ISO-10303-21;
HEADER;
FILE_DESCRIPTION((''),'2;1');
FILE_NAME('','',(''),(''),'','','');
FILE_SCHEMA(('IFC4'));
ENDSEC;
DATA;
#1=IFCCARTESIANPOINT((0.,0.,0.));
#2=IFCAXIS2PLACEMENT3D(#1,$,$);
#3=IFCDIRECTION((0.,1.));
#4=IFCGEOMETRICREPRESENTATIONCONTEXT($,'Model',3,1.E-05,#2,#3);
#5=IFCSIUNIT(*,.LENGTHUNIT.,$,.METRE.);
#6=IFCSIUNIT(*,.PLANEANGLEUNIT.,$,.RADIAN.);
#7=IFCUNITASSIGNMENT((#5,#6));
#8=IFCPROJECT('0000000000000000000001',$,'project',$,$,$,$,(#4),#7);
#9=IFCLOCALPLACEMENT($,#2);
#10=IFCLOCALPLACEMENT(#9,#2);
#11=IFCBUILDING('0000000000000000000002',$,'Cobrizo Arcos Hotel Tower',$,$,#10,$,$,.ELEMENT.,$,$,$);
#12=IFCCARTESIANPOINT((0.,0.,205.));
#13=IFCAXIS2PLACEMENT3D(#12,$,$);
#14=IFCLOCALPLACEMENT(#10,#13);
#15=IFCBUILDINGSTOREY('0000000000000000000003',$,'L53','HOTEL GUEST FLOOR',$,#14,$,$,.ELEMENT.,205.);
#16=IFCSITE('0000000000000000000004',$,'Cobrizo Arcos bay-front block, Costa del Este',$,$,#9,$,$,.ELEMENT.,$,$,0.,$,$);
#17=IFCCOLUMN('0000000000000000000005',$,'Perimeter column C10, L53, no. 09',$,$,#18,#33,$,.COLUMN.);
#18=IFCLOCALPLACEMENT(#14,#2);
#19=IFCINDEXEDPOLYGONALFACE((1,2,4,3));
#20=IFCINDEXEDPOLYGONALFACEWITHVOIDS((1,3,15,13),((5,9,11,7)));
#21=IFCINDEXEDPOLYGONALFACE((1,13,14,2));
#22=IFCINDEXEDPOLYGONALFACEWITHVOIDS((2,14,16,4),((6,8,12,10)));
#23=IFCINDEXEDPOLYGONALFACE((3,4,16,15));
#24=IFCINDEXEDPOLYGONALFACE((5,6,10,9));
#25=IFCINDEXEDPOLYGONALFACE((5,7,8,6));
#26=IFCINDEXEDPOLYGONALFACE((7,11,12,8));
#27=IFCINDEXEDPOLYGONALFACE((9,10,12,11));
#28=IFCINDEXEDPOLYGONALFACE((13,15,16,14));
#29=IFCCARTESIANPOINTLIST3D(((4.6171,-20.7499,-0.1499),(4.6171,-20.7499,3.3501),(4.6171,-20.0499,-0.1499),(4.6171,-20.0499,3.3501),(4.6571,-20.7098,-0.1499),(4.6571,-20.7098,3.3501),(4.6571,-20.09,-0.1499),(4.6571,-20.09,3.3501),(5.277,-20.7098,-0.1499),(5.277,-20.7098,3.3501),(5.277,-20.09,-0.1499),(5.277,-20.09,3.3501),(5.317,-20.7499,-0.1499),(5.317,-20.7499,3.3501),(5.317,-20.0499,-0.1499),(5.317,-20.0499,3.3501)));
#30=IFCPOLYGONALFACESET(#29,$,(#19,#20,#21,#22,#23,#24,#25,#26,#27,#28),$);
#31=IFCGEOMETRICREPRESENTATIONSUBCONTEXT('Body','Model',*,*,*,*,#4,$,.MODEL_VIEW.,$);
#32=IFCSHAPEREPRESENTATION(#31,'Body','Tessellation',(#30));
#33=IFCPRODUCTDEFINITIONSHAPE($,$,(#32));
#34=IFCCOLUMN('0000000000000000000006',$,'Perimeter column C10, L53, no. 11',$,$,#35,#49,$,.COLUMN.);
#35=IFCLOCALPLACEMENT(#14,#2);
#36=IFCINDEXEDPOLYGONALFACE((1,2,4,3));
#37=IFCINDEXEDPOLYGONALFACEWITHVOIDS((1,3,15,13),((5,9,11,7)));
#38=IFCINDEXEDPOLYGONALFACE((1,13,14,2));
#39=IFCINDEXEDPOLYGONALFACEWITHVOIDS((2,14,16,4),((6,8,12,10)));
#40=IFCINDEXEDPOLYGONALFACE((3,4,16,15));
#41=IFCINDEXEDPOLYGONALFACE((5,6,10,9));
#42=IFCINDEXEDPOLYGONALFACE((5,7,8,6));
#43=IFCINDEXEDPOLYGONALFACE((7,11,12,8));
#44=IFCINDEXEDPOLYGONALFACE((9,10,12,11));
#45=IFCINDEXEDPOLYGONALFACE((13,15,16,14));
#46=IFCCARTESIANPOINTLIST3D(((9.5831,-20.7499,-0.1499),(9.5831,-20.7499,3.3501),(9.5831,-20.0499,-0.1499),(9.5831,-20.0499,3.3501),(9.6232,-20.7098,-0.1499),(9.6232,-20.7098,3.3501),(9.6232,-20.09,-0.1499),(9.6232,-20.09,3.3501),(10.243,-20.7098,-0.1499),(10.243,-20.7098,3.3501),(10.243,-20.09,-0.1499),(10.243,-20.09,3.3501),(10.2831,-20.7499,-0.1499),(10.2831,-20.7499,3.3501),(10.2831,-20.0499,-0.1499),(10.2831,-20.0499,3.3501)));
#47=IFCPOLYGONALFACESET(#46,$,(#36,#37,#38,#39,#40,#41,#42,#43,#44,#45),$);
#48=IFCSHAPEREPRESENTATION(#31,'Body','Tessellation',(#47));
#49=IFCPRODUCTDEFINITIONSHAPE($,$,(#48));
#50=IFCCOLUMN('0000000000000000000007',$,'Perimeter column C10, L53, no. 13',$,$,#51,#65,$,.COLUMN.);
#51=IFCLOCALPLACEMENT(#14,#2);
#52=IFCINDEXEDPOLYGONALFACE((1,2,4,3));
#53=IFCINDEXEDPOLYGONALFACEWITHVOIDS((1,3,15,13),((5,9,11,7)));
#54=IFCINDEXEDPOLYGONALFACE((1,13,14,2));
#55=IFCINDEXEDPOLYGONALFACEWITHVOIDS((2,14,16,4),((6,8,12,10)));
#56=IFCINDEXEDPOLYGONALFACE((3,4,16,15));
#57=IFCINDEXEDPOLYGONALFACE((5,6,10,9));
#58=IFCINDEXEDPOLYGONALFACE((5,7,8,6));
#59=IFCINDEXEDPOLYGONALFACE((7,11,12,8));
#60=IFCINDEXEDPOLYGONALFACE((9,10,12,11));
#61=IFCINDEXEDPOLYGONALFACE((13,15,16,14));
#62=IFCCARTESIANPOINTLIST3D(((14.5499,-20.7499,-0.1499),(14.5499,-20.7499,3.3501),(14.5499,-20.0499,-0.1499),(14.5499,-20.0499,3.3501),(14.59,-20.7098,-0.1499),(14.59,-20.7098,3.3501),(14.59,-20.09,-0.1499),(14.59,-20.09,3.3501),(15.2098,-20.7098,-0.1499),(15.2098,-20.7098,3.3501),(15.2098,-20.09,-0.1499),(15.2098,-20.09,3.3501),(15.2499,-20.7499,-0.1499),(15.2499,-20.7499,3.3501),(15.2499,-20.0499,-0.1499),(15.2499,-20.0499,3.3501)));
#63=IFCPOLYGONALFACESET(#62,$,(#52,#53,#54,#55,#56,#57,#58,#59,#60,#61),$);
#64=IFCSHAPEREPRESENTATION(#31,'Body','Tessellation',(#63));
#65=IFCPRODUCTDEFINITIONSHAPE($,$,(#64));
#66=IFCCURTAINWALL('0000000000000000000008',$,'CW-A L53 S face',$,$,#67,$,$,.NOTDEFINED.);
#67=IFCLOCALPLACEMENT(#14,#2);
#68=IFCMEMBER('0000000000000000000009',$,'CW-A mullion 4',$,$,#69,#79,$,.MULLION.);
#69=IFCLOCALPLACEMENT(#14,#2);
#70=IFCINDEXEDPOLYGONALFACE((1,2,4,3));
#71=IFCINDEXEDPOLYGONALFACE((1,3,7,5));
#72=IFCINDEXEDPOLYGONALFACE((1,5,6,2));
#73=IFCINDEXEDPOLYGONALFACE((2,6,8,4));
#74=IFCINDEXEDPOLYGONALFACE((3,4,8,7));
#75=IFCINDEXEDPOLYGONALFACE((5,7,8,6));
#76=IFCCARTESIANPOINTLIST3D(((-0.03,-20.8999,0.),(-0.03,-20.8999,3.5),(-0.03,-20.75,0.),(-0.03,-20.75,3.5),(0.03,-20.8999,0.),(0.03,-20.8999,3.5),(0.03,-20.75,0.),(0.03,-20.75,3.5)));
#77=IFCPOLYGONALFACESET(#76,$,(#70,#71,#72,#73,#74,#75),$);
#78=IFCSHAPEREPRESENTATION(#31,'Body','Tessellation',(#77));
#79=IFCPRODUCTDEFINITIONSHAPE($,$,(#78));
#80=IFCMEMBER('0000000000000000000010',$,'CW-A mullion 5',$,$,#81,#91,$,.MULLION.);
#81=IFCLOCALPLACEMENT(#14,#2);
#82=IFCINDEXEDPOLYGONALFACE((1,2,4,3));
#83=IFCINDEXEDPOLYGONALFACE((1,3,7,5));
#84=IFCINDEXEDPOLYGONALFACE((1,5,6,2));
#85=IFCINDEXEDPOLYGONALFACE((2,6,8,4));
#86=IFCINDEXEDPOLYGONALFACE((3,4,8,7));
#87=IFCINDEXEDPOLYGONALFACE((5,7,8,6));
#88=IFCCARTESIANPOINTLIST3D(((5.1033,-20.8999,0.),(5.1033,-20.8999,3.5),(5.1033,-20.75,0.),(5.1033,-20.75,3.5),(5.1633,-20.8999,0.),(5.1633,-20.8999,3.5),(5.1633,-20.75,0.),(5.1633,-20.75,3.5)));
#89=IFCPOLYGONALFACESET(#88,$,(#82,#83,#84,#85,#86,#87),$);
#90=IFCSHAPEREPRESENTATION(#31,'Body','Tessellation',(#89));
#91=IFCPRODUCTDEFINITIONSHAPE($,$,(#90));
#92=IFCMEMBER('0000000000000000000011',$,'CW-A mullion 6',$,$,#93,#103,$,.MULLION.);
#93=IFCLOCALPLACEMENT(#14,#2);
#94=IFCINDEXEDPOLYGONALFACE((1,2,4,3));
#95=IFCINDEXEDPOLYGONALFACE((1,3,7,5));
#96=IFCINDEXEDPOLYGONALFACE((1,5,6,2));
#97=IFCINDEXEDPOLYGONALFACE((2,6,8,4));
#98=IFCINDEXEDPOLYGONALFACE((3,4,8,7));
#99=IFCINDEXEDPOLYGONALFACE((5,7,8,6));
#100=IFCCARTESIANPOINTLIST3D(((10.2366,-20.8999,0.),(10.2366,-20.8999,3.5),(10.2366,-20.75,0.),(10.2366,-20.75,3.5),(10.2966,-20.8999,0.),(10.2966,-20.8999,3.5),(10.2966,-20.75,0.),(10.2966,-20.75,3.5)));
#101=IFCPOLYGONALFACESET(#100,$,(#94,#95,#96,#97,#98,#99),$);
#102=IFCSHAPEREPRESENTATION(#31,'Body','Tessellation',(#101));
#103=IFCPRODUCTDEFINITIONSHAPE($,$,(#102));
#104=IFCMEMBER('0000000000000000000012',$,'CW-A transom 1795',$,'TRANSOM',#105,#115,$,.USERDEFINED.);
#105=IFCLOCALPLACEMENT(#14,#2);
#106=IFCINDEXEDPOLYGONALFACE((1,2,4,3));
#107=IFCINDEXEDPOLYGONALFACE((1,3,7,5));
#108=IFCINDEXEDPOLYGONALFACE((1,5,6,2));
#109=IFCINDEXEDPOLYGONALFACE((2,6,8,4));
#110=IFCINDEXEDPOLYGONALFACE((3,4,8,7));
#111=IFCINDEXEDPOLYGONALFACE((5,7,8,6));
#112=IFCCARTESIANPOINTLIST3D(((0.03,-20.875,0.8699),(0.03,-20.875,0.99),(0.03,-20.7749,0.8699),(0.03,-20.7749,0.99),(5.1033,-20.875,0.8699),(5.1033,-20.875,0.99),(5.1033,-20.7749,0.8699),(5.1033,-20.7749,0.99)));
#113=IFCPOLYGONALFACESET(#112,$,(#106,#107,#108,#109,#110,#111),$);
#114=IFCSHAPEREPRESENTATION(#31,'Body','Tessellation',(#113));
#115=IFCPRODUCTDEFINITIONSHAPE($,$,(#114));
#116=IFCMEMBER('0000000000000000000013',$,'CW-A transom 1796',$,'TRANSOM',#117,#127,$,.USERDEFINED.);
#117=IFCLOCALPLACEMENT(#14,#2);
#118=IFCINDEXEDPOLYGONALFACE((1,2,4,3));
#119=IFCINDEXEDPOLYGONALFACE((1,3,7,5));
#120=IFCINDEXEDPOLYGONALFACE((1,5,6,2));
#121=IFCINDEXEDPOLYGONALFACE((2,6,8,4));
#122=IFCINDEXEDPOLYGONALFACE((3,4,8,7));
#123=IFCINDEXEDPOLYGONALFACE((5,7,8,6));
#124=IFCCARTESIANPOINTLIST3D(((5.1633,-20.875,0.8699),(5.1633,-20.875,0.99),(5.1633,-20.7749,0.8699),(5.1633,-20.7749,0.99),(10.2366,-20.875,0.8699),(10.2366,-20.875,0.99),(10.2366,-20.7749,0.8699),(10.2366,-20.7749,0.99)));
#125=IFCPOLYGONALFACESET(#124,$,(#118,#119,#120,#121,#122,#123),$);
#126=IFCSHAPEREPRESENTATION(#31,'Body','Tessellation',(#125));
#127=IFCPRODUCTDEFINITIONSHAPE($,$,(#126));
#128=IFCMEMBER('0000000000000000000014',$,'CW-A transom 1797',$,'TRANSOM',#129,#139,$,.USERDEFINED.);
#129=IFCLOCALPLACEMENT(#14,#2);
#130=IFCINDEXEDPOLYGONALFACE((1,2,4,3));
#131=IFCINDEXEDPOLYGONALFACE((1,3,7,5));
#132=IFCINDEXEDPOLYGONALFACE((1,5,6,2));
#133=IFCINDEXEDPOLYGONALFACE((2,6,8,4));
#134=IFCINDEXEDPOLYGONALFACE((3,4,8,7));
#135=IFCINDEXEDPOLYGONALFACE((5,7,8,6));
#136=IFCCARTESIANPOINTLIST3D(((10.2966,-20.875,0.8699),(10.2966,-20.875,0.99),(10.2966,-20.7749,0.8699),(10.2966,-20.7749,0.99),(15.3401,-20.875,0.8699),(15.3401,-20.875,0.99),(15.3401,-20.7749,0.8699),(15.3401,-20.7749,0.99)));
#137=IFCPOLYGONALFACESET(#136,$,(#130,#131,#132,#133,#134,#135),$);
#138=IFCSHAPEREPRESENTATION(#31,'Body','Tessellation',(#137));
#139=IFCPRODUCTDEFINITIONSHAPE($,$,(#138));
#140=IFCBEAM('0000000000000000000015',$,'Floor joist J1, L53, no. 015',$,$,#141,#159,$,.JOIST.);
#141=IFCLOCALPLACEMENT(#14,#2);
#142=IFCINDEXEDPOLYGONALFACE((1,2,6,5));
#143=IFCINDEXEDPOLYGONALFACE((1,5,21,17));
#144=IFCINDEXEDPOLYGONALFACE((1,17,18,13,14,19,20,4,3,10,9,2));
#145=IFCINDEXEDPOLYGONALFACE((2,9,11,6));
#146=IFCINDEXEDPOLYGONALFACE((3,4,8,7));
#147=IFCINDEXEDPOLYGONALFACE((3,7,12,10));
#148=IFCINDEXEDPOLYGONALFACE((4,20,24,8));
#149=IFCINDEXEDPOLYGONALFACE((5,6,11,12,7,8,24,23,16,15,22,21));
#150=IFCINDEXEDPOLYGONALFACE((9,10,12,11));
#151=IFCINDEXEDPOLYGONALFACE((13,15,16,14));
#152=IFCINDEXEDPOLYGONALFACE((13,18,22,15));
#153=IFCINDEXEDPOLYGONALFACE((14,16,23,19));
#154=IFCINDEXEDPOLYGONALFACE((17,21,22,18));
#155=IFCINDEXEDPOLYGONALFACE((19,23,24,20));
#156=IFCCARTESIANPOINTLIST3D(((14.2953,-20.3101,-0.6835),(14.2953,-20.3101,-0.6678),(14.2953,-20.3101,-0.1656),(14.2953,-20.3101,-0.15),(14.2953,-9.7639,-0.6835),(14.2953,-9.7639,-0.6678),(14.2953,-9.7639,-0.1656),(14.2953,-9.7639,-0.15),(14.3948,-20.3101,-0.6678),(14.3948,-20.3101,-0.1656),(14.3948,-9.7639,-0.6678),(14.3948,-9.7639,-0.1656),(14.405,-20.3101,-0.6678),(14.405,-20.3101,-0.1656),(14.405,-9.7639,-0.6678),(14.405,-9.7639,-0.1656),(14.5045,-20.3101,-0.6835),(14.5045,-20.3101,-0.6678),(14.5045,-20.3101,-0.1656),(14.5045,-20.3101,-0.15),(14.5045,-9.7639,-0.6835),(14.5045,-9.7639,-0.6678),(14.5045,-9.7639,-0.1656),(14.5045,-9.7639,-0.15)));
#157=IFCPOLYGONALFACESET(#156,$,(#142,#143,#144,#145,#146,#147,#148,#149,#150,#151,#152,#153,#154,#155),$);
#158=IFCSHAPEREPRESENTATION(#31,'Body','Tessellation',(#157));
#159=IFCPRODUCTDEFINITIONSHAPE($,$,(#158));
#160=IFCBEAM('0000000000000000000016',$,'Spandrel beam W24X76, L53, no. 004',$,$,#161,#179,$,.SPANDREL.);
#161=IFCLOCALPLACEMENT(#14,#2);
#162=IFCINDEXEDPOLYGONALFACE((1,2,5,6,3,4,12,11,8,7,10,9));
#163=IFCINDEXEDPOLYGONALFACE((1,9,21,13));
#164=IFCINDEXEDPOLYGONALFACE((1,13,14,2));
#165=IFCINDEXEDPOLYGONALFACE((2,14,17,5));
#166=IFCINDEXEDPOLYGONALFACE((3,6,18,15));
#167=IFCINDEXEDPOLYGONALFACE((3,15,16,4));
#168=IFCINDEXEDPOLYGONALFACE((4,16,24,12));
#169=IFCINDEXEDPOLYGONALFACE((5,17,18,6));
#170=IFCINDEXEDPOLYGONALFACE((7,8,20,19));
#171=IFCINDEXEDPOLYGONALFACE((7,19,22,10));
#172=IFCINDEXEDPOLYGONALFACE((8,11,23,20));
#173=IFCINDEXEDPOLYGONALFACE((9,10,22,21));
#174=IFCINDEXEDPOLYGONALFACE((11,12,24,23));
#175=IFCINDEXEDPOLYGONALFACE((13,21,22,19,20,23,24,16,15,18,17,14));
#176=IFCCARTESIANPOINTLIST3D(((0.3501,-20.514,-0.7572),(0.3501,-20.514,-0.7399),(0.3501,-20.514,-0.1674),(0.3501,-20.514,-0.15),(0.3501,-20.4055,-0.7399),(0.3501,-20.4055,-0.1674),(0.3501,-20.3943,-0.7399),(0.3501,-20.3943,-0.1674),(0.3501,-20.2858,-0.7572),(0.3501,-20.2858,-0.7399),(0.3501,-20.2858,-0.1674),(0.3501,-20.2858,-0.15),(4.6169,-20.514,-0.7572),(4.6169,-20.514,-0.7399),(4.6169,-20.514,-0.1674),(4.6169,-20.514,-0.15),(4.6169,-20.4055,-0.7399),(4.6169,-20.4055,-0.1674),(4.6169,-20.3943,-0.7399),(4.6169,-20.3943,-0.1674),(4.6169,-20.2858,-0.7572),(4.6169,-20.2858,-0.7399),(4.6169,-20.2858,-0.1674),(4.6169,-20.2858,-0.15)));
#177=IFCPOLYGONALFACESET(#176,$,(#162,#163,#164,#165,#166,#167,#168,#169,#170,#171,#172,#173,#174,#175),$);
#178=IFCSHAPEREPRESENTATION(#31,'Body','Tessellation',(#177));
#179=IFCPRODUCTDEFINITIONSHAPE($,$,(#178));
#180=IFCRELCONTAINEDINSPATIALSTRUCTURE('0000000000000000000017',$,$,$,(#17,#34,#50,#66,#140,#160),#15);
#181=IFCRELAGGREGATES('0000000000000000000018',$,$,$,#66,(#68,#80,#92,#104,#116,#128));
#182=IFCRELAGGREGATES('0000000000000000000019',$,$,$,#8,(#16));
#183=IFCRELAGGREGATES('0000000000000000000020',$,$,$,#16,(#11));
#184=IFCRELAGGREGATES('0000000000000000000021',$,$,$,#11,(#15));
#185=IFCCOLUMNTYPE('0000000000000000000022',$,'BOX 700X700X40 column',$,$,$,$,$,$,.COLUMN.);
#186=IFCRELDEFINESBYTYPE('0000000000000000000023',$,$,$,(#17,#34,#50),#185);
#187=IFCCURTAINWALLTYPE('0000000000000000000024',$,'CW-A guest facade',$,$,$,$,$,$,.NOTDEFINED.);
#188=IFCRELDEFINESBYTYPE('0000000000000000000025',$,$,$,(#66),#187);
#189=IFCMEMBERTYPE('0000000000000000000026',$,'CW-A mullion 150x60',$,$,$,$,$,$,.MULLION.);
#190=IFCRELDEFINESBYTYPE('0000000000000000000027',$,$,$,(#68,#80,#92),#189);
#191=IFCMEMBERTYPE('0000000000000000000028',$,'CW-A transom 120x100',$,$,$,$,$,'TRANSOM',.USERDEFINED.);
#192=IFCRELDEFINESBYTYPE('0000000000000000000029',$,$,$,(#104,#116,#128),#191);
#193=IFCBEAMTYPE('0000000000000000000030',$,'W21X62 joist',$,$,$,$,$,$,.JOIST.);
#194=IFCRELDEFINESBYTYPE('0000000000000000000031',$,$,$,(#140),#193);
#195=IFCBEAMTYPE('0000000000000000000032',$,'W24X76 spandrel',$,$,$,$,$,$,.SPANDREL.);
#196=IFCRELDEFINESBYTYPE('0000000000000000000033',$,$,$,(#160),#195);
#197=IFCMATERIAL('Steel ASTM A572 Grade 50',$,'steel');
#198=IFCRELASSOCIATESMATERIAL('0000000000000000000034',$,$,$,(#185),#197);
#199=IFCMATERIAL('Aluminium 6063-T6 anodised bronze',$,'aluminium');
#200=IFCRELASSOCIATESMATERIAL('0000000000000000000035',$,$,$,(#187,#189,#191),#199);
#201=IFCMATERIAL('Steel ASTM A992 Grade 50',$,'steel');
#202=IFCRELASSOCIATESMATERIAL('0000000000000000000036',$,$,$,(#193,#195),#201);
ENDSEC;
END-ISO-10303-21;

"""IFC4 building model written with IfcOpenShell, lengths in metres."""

from ifc_helpers import new_model, si_unit, direction, frame, origin, origin_2d, place, context, subcontext, project, spatial, rectangle, hollow_rectangle, i_section, extrude, material, material_profile, profile_set, type_object, element, aggregate, save


model = new_model("IFC4")

# Units and contexts
model_context = context("Model", 3, precision=1e-05, world=origin(), true_north=direction((0.0, 1.0)))
body_context = subcontext(model_context, "Body", "Model", "MODEL_VIEW")
ifc_project = project(units=[si_unit("LENGTHUNIT", "METRE"), si_unit("PLANEANGLEUNIT", "RADIAN")], contexts=[model_context])

# Site, building, storey
site_placement = place(None, origin())
site = spatial("IfcSite", under=ifc_project, at=site_placement, Name="Cobrizo Arcos bay-front block, Costa del Este", CompositionType="ELEMENT", RefElevation=0.0)
building_placement = place(site_placement, origin())
building = spatial("IfcBuilding", under=site, at=building_placement, Name="Cobrizo Arcos Hotel Tower", CompositionType="ELEMENT")
storey_placement = place(building_placement, frame((0.0, 0.0, 205.0)))
storey = spatial("IfcBuildingStorey", under=building, at=storey_placement, Name="L53", Description="HOTEL GUEST FLOOR", CompositionType="ELEMENT", Elevation=205.0)

# Columns
ifc_material_1 = material(Name="Steel ASTM A572 Grade 50", Category="steel")
ifc_material_profile_1 = material_profile(ifc_material_1, hollow_rectangle(XDim=0.7, YDim=0.7, WallThickness=0.04, at=origin_2d()), Name="BOX 700X700X40")
ifc_profile_set_1 = profile_set([ifc_material_profile_1], Name="Steel ASTM A572 Grade 50")
column_type = type_object("IfcColumnType", Name="BOX 700X700X40 column", PredefinedType="COLUMN", material=ifc_profile_set_1)
for number, where, z_axis, x_axis, name in (
    (1, (4.967, -20.3999, -0.1499), (0.0, 0.0, 1.0), (1.0, 0.0, 0.0), "Perimeter column C10, L53, no. 09"),
    (2, (9.9331, -20.3999, -0.1499), (0.0, 0.0, 1.0), (1.0, 0.0, 0.0), "Perimeter column C10, L53, no. 11"),
    (3, (14.8999, -20.3999, -0.1499), (0.0, 0.0, 1.0), (1.0, 0.0, 0.0), "Perimeter column C10, L53, no. 13"),
):
    element("IfcColumn", number, at=place(storey_placement, frame(where, z_axis=z_axis, x_axis=x_axis)), inside=storey, type_object=column_type, Name=name, PredefinedType="COLUMN", context=body_context, shape_type="SweptSolid", body=[
        extrude(hollow_rectangle(XDim=0.7, YDim=0.7, WallThickness=0.04, at=origin_2d()), origin(), (0.0, 0.0, 1.0), 3.5),
    ])

# Curtain wall, members
ifc_material_2 = material(Name="Aluminium 6063-T6 anodised bronze", Category="aluminium")
curtain_wall_type = type_object("IfcCurtainWallType", Name="CW-A guest facade", PredefinedType="NOTDEFINED", material=ifc_material_2)
curtain_wall_placement = place(storey_placement, origin())
curtain_wall = element("IfcCurtainWall", 4, at=curtain_wall_placement, inside=storey, type_object=curtain_wall_type, Name="CW-A L53 S face", PredefinedType="NOTDEFINED")
ifc_material_profile_2 = material_profile(ifc_material_2, rectangle(XDim=0.1499, YDim=0.0601, at=origin_2d()), Name="CW-A mullion 150x60")
ifc_profile_set_2 = profile_set([ifc_material_profile_2], Name="Aluminium 6063-T6 anodised bronze")
member_type_1 = type_object("IfcMemberType", Name="CW-A mullion 150x60", PredefinedType="MULLION", material=ifc_profile_set_2)
member_1_placement = place(storey_placement, frame((0.0, -20.825, 0.0), z_axis=(0.0, 0.0, 1.0), x_axis=(0.0, -1.0, 0.0)))
member_1 = element("IfcMember", 5, at=member_1_placement, type_object=member_type_1, Name="CW-A mullion 4", PredefinedType="MULLION", context=body_context, shape_type="SweptSolid", body=[
    extrude(rectangle(XDim=0.1499, YDim=0.0601, at=origin_2d()), origin(), (0.0, 0.0, 1.0), 3.5),
])
member_2_placement = place(storey_placement, frame((5.1333, -20.825, 0.0), z_axis=(0.0, 0.0, 1.0), x_axis=(0.0, -1.0, 0.0)))
member_2 = element("IfcMember", 6, at=member_2_placement, type_object=member_type_1, Name="CW-A mullion 5", PredefinedType="MULLION", context=body_context, shape_type="SweptSolid", body=[
    extrude(rectangle(XDim=0.1499, YDim=0.0601, at=origin_2d()), origin(), (0.0, 0.0, 1.0), 3.5),
])
member_3_placement = place(storey_placement, frame((10.2666, -20.825, 0.0), z_axis=(0.0, 0.0, 1.0), x_axis=(0.0, -1.0, 0.0)))
member_3 = element("IfcMember", 7, at=member_3_placement, type_object=member_type_1, Name="CW-A mullion 6", PredefinedType="MULLION", context=body_context, shape_type="SweptSolid", body=[
    extrude(rectangle(XDim=0.1499, YDim=0.0601, at=origin_2d()), origin(), (0.0, 0.0, 1.0), 3.5),
])
ifc_material_profile_3 = material_profile(ifc_material_2, rectangle(XDim=0.1001, YDim=0.1201, at=origin_2d()), Name="CW-A transom 120x100")
ifc_profile_set_3 = profile_set([ifc_material_profile_3], Name="Aluminium 6063-T6 anodised bronze")
member_type_2 = type_object("IfcMemberType", Name="CW-A transom 120x100", ElementType="TRANSOM", PredefinedType="USERDEFINED", material=ifc_profile_set_3)
member_4_placement = place(storey_placement, frame((0.03, -20.825, 0.9299), z_axis=(1.0, 0.0, 0.0), x_axis=(0.0, 1.0, 0.0)))
member_4 = element("IfcMember", 8, at=member_4_placement, type_object=member_type_2, Name="CW-A transom 1795", ObjectType="TRANSOM", PredefinedType="USERDEFINED", context=body_context, shape_type="SweptSolid", body=[
    extrude(rectangle(XDim=0.1001, YDim=0.1201, at=origin_2d()), origin(), (0.0, 0.0, 1.0), 5.0732),
])
member_5_placement = place(storey_placement, frame((5.1633, -20.825, 0.9299), z_axis=(1.0, 0.0, 0.0), x_axis=(0.0, 1.0, 0.0)))
member_5 = element("IfcMember", 9, at=member_5_placement, type_object=member_type_2, Name="CW-A transom 1796", ObjectType="TRANSOM", PredefinedType="USERDEFINED", context=body_context, shape_type="SweptSolid", body=[
    extrude(rectangle(XDim=0.1001, YDim=0.1201, at=origin_2d()), origin(), (0.0, 0.0, 1.0), 5.0732),
])
member_6_placement = place(storey_placement, frame((10.2966, -20.825, 0.9299), z_axis=(1.0, 0.0, 0.0), x_axis=(0.0, 1.0, 0.0)))
member_6 = element("IfcMember", 10, at=member_6_placement, type_object=member_type_2, Name="CW-A transom 1797", ObjectType="TRANSOM", PredefinedType="USERDEFINED", context=body_context, shape_type="SweptSolid", body=[
    extrude(rectangle(XDim=0.1001, YDim=0.1201, at=origin_2d()), origin(), (0.0, 0.0, 1.0), 5.0435),
])

# Beams
ifc_material_3 = material(Name="Steel ASTM A992 Grade 50", Category="steel")
ifc_material_profile_4 = material_profile(ifc_material_3, i_section(OverallWidth=0.2092, OverallDepth=0.5334, WebThickness=0.0103, FlangeThickness=0.0156, at=origin_2d()), Name="W21X62")
ifc_profile_set_4 = profile_set([ifc_material_profile_4], Name="Steel ASTM A992 Grade 50")
beam_type_1 = type_object("IfcBeamType", Name="W21X62 joist", PredefinedType="JOIST", material=ifc_profile_set_4)
beam_1_placement = place(storey_placement, frame((14.3999, -20.3101, -0.4167), z_axis=(0.0, 1.0, 0.0), x_axis=(-1.0, 0.0, 0.0)))
element("IfcBeam", 11, at=beam_1_placement, inside=storey, type_object=beam_type_1, Name="Floor joist J1, L53, no. 015", PredefinedType="JOIST", context=body_context, shape_type="SweptSolid", body=[
    extrude(i_section(OverallWidth=0.2092, OverallDepth=0.5334, WebThickness=0.0103, FlangeThickness=0.0156, at=origin_2d()), origin(), (0.0, 0.0, 1.0), 10.5461),
])
ifc_material_profile_5 = material_profile(ifc_material_3, i_section(OverallWidth=0.2283, OverallDepth=0.6072, WebThickness=0.0112, FlangeThickness=0.0173, at=origin_2d()), Name="W24X76")
ifc_profile_set_5 = profile_set([ifc_material_profile_5], Name="Steel ASTM A992 Grade 50")
beam_type_2 = type_object("IfcBeamType", Name="W24X76 spandrel", PredefinedType="SPANDREL", material=ifc_profile_set_5)
beam_2_placement = place(storey_placement, frame((0.3501, -20.3999, -0.4536), z_axis=(1.0, 0.0, 0.0), x_axis=(0.0, 1.0, 0.0)))
element("IfcBeam", 12, at=beam_2_placement, inside=storey, type_object=beam_type_2, Name="Spandrel beam W24X76, L53, no. 004", PredefinedType="SPANDREL", context=body_context, shape_type="SweptSolid", body=[
    extrude(i_section(OverallWidth=0.2283, OverallDepth=0.6072, WebThickness=0.0112, FlangeThickness=0.0173, at=origin_2d()), origin(), (0.0, 0.0, 1.0), 4.2668),
])

aggregate(curtain_wall, [member_1, member_2, member_3, member_4, member_5, member_6])

save(model, "model.ifc")
